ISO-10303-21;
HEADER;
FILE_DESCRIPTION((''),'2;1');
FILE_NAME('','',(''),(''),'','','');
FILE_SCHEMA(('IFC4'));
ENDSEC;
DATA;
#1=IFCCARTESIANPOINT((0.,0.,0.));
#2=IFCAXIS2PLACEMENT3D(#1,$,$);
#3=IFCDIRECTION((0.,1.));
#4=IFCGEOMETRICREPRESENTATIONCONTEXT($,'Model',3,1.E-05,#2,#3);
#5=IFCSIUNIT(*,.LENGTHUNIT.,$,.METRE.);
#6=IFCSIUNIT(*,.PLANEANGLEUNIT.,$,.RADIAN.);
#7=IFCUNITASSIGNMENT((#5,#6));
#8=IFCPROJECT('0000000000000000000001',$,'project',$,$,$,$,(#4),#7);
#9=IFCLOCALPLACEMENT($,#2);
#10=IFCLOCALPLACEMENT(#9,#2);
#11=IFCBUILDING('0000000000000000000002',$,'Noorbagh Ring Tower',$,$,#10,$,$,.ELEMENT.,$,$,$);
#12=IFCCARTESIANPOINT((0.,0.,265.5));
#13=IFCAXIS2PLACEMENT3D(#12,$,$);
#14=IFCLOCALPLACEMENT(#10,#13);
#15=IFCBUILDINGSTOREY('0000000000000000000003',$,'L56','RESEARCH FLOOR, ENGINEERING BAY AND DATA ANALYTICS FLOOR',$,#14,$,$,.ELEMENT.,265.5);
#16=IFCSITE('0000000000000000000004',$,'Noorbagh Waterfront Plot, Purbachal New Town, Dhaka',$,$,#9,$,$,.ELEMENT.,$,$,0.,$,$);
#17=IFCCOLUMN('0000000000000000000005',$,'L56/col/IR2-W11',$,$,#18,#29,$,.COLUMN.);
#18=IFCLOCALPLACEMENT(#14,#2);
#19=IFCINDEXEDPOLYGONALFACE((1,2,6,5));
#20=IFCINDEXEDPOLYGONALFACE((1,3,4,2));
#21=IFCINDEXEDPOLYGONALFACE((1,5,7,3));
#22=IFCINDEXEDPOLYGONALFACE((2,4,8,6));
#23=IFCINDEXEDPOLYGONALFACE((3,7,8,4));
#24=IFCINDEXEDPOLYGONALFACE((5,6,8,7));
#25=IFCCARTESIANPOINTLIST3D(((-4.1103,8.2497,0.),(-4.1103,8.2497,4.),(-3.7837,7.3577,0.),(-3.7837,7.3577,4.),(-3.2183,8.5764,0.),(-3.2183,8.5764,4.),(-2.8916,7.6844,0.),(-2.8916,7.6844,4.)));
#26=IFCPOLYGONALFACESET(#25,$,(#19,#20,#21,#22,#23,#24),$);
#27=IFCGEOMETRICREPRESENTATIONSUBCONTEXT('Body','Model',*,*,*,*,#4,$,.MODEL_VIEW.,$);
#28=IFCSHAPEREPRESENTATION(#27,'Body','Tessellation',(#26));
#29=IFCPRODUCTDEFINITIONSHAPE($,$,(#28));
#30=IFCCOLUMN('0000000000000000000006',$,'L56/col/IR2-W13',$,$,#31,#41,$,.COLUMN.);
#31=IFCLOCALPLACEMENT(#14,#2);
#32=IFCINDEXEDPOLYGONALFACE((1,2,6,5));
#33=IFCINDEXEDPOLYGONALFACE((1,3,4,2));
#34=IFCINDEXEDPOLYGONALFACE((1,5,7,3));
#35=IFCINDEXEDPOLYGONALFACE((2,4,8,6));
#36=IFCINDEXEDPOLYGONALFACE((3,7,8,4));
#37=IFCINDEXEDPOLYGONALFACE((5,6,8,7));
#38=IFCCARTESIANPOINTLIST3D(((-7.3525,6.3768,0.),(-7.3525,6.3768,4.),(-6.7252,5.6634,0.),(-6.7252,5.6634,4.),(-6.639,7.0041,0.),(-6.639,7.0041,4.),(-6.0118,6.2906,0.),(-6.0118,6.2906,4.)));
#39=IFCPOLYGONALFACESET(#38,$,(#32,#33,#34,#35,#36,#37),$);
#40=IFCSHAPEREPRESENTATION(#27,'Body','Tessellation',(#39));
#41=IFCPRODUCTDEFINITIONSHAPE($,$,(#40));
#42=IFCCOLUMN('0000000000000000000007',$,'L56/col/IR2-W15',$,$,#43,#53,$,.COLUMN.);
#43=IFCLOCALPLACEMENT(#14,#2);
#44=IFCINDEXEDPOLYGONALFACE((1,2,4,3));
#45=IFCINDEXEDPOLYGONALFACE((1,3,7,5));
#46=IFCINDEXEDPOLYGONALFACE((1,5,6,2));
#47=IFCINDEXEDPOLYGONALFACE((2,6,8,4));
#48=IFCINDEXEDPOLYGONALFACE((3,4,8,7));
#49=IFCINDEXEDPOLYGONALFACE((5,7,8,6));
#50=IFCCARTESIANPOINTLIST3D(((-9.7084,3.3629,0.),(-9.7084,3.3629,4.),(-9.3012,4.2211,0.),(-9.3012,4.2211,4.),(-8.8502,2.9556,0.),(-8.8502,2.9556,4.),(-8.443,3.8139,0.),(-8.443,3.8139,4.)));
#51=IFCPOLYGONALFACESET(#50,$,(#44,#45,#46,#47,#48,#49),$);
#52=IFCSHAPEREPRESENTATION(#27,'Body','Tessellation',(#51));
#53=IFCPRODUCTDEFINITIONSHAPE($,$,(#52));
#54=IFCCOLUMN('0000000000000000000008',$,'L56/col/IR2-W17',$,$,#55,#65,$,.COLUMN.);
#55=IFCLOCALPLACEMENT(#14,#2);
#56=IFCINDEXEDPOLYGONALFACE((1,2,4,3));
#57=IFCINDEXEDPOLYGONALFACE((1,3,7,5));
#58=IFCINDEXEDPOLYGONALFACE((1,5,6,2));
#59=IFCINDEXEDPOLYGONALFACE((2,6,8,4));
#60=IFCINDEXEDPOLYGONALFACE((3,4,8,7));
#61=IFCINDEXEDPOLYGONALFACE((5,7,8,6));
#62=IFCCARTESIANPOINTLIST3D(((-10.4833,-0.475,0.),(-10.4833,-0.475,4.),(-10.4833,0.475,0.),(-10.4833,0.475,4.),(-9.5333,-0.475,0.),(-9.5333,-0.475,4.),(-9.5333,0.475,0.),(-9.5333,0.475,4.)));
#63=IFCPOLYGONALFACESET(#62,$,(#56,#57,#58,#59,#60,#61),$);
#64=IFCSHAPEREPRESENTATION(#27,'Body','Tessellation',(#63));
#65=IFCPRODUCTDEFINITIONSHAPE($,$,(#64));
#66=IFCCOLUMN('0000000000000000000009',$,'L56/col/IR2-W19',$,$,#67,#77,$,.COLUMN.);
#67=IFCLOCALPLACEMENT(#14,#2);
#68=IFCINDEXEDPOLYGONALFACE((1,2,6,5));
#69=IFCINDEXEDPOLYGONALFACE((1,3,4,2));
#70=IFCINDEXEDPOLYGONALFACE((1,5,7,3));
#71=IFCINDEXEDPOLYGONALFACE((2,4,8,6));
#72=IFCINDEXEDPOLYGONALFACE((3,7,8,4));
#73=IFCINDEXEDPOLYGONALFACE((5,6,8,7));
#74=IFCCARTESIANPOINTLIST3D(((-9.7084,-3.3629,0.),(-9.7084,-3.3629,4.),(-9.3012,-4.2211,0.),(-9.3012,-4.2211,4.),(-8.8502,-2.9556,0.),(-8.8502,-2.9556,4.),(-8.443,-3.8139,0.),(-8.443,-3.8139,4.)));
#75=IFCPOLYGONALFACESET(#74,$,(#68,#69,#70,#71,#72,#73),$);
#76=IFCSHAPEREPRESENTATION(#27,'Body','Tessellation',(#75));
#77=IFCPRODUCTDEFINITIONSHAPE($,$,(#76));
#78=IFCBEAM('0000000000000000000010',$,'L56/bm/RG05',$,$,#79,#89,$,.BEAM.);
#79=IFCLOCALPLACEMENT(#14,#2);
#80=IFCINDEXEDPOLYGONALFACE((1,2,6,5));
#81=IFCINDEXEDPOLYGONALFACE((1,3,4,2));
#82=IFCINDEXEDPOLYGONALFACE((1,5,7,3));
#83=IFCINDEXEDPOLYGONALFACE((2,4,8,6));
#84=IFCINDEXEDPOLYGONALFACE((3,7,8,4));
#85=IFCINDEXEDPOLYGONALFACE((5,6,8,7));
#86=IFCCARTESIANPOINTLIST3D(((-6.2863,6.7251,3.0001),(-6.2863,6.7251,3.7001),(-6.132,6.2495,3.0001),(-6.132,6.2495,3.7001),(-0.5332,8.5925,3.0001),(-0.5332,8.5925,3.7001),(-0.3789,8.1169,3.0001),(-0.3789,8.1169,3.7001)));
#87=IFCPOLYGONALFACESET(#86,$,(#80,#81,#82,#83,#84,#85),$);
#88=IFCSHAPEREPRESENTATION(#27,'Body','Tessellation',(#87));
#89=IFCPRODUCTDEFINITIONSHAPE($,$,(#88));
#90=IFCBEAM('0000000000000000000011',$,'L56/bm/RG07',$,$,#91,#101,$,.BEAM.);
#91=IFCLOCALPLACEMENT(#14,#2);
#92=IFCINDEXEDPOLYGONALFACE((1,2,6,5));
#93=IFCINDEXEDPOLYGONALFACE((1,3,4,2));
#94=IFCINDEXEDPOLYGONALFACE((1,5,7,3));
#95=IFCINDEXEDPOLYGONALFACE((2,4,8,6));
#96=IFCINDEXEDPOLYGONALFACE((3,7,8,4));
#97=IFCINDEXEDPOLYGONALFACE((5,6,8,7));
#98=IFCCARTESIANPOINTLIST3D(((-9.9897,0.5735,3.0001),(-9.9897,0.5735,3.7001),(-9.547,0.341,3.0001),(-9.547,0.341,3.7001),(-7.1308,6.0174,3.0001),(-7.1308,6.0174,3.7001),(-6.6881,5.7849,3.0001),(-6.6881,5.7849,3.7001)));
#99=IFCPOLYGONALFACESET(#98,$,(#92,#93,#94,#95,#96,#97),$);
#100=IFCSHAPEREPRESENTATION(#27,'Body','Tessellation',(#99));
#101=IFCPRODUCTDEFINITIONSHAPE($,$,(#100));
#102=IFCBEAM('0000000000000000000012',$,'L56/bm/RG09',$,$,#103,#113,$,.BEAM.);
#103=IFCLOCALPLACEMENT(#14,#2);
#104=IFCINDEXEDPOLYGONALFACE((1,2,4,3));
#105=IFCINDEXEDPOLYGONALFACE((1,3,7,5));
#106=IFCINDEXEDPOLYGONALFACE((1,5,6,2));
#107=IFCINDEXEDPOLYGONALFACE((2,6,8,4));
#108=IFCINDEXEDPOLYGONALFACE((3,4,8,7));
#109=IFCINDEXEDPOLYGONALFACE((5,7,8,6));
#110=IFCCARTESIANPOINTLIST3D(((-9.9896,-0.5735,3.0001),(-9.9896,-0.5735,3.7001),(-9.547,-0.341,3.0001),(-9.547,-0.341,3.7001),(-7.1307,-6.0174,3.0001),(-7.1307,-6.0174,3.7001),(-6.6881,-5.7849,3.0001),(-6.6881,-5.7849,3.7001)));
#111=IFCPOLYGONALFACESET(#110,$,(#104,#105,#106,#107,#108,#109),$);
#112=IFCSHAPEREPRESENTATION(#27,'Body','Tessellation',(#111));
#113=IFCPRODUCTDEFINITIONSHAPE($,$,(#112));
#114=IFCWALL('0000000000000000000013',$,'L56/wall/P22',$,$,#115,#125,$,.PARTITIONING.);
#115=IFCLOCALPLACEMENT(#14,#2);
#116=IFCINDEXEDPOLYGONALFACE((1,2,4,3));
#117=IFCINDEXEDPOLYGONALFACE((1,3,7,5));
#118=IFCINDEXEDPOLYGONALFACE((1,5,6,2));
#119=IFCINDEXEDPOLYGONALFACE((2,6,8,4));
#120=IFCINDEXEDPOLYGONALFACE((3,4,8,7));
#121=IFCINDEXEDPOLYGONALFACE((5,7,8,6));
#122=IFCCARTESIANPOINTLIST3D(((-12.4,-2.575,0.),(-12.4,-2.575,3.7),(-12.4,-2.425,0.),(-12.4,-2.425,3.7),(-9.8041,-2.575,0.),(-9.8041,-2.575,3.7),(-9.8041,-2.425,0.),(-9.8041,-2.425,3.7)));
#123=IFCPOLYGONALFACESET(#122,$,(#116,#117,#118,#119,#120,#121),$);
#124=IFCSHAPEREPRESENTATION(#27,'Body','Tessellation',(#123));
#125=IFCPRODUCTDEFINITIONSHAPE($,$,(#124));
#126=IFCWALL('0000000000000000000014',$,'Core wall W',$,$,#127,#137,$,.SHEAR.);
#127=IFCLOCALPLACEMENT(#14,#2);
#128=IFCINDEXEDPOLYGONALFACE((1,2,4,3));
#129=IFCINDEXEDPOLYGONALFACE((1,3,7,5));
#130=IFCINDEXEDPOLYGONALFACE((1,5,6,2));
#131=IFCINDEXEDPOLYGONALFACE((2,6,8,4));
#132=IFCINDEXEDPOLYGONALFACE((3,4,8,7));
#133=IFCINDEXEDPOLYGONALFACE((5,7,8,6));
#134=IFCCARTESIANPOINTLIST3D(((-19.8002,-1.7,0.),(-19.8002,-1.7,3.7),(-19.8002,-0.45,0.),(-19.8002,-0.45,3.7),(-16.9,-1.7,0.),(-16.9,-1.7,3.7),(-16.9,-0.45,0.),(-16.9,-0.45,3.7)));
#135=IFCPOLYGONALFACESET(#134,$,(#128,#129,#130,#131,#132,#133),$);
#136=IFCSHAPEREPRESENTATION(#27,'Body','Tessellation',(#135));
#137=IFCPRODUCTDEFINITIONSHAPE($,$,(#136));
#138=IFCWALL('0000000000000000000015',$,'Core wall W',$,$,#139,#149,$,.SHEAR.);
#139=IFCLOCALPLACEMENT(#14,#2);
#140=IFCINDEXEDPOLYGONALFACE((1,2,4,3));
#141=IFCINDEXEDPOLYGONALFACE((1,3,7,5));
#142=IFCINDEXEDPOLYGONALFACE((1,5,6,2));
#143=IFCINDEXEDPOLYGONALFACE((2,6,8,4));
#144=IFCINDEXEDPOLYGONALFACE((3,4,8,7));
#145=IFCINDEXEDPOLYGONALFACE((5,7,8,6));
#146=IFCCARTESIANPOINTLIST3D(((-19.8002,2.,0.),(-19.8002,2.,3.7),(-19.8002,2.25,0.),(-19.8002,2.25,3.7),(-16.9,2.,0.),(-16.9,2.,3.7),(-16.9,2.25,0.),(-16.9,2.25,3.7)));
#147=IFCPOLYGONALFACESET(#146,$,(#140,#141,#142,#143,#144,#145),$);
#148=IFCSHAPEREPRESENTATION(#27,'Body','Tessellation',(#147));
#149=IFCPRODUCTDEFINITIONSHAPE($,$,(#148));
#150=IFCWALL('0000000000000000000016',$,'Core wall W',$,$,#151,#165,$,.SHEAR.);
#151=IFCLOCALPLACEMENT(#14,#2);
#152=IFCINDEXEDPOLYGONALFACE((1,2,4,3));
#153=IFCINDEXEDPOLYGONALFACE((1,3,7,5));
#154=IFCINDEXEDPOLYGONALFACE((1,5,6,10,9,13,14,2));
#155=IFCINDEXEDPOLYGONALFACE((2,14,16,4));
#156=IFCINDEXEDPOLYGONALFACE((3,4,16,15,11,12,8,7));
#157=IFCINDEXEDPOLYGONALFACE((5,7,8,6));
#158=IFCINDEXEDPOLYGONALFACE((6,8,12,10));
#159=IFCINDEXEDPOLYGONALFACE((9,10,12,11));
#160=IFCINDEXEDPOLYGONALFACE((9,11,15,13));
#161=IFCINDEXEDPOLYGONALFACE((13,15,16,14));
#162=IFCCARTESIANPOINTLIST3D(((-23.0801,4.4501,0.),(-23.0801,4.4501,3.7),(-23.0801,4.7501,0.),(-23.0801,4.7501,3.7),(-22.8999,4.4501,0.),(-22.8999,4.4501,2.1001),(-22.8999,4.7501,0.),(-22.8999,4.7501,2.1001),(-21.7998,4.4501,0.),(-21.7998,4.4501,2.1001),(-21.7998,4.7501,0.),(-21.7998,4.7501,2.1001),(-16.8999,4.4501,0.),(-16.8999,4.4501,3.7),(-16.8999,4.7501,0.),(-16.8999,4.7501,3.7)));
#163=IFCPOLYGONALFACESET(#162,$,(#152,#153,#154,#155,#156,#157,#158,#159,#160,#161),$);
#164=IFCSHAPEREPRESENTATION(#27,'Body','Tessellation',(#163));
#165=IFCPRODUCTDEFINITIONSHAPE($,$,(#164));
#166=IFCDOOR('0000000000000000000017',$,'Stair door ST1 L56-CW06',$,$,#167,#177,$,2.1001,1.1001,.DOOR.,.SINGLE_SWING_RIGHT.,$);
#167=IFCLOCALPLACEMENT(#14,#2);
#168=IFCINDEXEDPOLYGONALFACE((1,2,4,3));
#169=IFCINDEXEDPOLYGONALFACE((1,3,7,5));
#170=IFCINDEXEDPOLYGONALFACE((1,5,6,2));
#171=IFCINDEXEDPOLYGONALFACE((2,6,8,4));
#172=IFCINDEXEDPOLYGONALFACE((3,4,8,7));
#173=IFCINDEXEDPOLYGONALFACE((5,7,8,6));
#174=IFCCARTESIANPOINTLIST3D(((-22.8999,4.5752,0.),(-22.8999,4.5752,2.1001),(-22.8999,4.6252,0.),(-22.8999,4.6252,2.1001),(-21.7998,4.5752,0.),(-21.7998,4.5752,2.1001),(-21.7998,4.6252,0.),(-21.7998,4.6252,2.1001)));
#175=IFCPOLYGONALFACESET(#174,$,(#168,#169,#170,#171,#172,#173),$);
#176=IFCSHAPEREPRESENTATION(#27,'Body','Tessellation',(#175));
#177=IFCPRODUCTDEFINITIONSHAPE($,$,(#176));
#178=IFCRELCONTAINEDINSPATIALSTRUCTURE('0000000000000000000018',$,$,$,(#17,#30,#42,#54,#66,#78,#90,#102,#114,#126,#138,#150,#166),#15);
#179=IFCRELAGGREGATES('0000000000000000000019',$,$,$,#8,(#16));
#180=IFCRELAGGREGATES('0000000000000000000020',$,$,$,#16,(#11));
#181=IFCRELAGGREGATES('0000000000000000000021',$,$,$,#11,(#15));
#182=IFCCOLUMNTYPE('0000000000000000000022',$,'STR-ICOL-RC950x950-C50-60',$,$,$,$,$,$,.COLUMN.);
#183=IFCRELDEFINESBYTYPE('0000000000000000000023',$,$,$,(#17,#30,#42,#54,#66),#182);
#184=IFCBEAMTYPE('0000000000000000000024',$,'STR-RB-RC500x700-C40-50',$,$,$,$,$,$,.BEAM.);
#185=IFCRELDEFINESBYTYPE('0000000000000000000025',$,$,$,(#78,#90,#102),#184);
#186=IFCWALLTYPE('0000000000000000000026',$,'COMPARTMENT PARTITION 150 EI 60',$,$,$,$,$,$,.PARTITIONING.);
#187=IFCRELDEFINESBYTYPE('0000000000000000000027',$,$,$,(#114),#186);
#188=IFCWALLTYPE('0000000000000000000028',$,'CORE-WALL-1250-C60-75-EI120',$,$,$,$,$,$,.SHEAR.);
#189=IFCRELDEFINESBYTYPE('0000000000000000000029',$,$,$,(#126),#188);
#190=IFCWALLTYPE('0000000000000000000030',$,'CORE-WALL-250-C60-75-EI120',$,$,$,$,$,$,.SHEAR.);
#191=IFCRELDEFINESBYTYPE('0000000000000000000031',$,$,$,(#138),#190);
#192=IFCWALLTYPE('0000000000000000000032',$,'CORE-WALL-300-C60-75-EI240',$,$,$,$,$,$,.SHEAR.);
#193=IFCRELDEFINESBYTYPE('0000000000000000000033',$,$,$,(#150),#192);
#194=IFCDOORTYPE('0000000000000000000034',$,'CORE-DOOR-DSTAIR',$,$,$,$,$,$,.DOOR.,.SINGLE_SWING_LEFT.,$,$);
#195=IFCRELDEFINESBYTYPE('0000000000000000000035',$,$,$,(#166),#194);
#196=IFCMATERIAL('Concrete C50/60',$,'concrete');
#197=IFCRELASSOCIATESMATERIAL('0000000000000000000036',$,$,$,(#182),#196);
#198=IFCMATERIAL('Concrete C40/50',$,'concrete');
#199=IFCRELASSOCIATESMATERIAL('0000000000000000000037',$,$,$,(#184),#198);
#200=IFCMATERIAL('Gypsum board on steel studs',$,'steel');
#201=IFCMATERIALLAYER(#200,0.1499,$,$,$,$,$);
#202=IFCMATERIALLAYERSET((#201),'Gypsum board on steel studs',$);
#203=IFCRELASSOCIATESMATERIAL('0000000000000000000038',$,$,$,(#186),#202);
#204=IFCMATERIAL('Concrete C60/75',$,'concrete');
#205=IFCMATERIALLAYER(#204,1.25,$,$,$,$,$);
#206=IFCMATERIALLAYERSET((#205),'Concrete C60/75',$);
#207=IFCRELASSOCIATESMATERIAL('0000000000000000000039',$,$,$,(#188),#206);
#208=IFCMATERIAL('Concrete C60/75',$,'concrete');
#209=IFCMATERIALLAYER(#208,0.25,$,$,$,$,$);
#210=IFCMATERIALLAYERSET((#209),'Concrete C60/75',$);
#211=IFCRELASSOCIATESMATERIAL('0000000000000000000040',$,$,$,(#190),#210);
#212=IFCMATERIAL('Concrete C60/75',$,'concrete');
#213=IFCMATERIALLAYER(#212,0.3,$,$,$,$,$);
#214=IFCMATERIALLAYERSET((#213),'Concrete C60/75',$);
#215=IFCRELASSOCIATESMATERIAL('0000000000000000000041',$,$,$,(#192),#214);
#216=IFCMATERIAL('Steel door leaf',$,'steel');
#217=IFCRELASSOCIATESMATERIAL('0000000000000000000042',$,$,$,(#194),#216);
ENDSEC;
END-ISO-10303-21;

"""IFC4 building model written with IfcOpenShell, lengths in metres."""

from ifc_helpers import new_model, si_unit, direction, frame, frame_2d, origin, origin_2d, place, context, subcontext, project, spatial, rectangle, extrude, material, layer, layer_set, material_profile, profile_set, type_object, element, fill, save


model = new_model("IFC4")

# Units and contexts
model_context = context("Model", 3, precision=1e-05, world=origin(), true_north=direction((0.0, 1.0)))
body_context = subcontext(model_context, "Body", "Model", "MODEL_VIEW")
ifc_project = project(units=[si_unit("LENGTHUNIT", "METRE"), si_unit("PLANEANGLEUNIT", "RADIAN")], contexts=[model_context])

# Site, building, storey
site_placement = place(None, origin())
site = spatial("IfcSite", under=ifc_project, at=site_placement, Name="Noorbagh Waterfront Plot, Purbachal New Town, Dhaka", CompositionType="ELEMENT", RefElevation=0.0)
building_placement = place(site_placement, origin())
building = spatial("IfcBuilding", under=site, at=building_placement, Name="Noorbagh Ring Tower", CompositionType="ELEMENT")
storey_placement = place(building_placement, frame((0.0, 0.0, 265.5)))
storey = spatial("IfcBuildingStorey", under=building, at=storey_placement, Name="L56", Description="RESEARCH FLOOR, ENGINEERING BAY AND DATA ANALYTICS FLOOR", CompositionType="ELEMENT", Elevation=265.5)

# Columns
ifc_material_1 = material(Name="Concrete C50/60", Category="concrete")
ifc_material_profile_1 = material_profile(ifc_material_1, rectangle(XDim=0.95, YDim=0.95, at=origin_2d()), Name="RC950x950")
ifc_profile_set_1 = profile_set([ifc_material_profile_1], Name="Concrete C50/60")
column_type = type_object("IfcColumnType", Name="STR-ICOL-RC950x950-C50-60", PredefinedType="COLUMN", material=ifc_profile_set_1)
for number, where, z_axis, x_axis, name in (
    (1, (-3.501, 7.967, 0.0), (0.0, 0.0, 1.0), (-0.93902, -0.343864, 0.0), "L56/col/IR2-W11"),
    (2, (-6.6821, 6.3337, 0.0), (0.0, 0.0, 1.0), (-0.751022, -0.660277, 0.0), "L56/col/IR2-W13"),
    (3, (-9.0757, 3.5884, 0.0), (0.0, 0.0, 1.0), (-0.428667, -0.903463, 0.0), "L56/col/IR2-W15"),
    (4, (-10.0083, 0.0, 0.0), (0.0, 0.0, 1.0), (0.0, -1.0, 0.0), "L56/col/IR2-W17"),
    (5, (-9.0757, -3.5884, 0.0), (0.0, 0.0, 1.0), (0.428667, -0.903463, 0.0), "L56/col/IR2-W19"),
):
    element("IfcColumn", number, at=place(storey_placement, frame(where, z_axis=z_axis, x_axis=x_axis)), inside=storey, type_object=column_type, Name=name, PredefinedType="COLUMN", context=body_context, shape_type="SweptSolid", body=[
        extrude(rectangle(XDim=0.95, YDim=0.95, at=origin_2d()), origin(), (0.0, 0.0, 1.0), 4.0),
    ])

# Beams
ifc_material_2 = material(Name="Concrete C40/50", Category="concrete")
ifc_material_profile_2 = material_profile(ifc_material_2, rectangle(XDim=0.5, YDim=0.7, at=origin_2d()), Name="RC500x700")
ifc_profile_set_2 = profile_set([ifc_material_profile_2], Name="Concrete C40/50")
beam_type = type_object("IfcBeamType", Name="STR-RB-RC500x700-C40-50", PredefinedType="BEAM", material=ifc_profile_set_2)
beam_placement = place(storey_placement, frame((-0.4561, 8.3547, 3.3501), z_axis=(-0.951148, -0.308735, 0.0), x_axis=(0.308735, -0.951148, 0.0)))
element("IfcBeam", 6, at=beam_placement, inside=storey, type_object=beam_type, Name="L56/bm/RG05", PredefinedType="BEAM", context=body_context, shape_type="SweptSolid", body=[
    extrude(rectangle(XDim=0.5, YDim=0.7, at=origin_2d()), origin(), (0.0, 0.0, 1.0), 6.0486),
])
for number, where, z_axis, x_axis, name in (
    (7, (-6.9094, 5.9011, 3.3501), (-0.464944, -0.88534, 0.0), (0.88534, -0.464944, 0.0), "L56/bm/RG07"),
    (8, (-9.7683, -0.4573, 3.3501), (0.464944, -0.88534, 0.0), (0.88534, 0.464944, 0.0), "L56/bm/RG09"),
):
    element("IfcBeam", number, at=place(storey_placement, frame(where, z_axis=z_axis, x_axis=x_axis)), inside=storey, type_object=beam_type, Name=name, PredefinedType="BEAM", context=body_context, shape_type="SweptSolid", body=[
        extrude(rectangle(XDim=0.5, YDim=0.7, at=origin_2d()), origin(), (0.0, 0.0, 1.0), 6.1489),
    ])

# Walls
ifc_material_3 = material(Name="Gypsum board on steel studs", Category="steel")
ifc_layer_1 = layer(ifc_material_3, 0.1499)
ifc_layer_set_1 = layer_set([ifc_layer_1], Name="Gypsum board on steel studs")
wall_type_1 = type_object("IfcWallType", Name="COMPARTMENT PARTITION 150 EI 60", PredefinedType="PARTITIONING", material=ifc_layer_set_1)
wall_1_placement = place(storey_placement, frame((-12.3999, -2.5, 0.0), z_axis=(0.0, 0.0, 1.0), x_axis=(1.0, 0.0, 0.0)))
element("IfcWall", 9, at=wall_1_placement, inside=storey, type_object=wall_type_1, Name="L56/wall/P22", PredefinedType="PARTITIONING", context=body_context, shape_type="SweptSolid", body=[
    extrude(rectangle(XDim=2.5959, YDim=0.1499, at=frame_2d((1.2979, 0.0))), origin(), (0.0, 0.0, 1.0), 3.7),
])
ifc_material_4 = material(Name="Concrete C60/75", Category="concrete")
ifc_layer_2 = layer(ifc_material_4, 1.25)
ifc_layer_set_2 = layer_set([ifc_layer_2], Name="Concrete C60/75")
wall_type_2 = type_object("IfcWallType", Name="CORE-WALL-1250-C60-75-EI120", PredefinedType="SHEAR", material=ifc_layer_set_2)
wall_2_placement = place(storey_placement, frame((-16.8999, -1.075, 0.0), z_axis=(0.0, 0.0, 1.0), x_axis=(-1.0, 0.0, 0.0)))
element("IfcWall", 10, at=wall_2_placement, inside=storey, type_object=wall_type_2, Name="Core wall W", PredefinedType="SHEAR", context=body_context, shape_type="SweptSolid", body=[
    extrude(rectangle(XDim=2.9001, YDim=1.25, at=frame_2d((1.4502, 0.0))), origin(), (0.0, 0.0, 1.0), 3.7),
])
ifc_material_5 = material(Name="Concrete C60/75", Category="concrete")
ifc_layer_3 = layer(ifc_material_5, 0.25)
ifc_layer_set_3 = layer_set([ifc_layer_3], Name="Concrete C60/75")
wall_type_3 = type_object("IfcWallType", Name="CORE-WALL-250-C60-75-EI120", PredefinedType="SHEAR", material=ifc_layer_set_3)
wall_3_placement = place(storey_placement, frame((-16.8999, 2.125, 0.0), z_axis=(0.0, 0.0, 1.0), x_axis=(-1.0, 0.0, 0.0)))
element("IfcWall", 11, at=wall_3_placement, inside=storey, type_object=wall_type_3, Name="Core wall W", PredefinedType="SHEAR", context=body_context, shape_type="SweptSolid", body=[
    extrude(rectangle(XDim=2.9001, YDim=0.25, at=frame_2d((1.4502, 0.0))), origin(), (0.0, 0.0, 1.0), 3.7),
])

# Wall, opening, door
ifc_material_6 = material(Name="Concrete C60/75", Category="concrete")
ifc_layer_4 = layer(ifc_material_6, 0.3)
ifc_layer_set_4 = layer_set([ifc_layer_4], Name="Concrete C60/75")
wall_type_4 = type_object("IfcWallType", Name="CORE-WALL-300-C60-75-EI240", PredefinedType="SHEAR", material=ifc_layer_set_4)
wall_4_placement = place(storey_placement, frame((-16.8999, 4.6001, 0.0), z_axis=(0.0, 0.0, 1.0), x_axis=(-1.0, 0.0, 0.0)))
wall_4 = element("IfcWall", 12, at=wall_4_placement, inside=storey, type_object=wall_type_4, Name="Core wall W", PredefinedType="SHEAR", context=body_context, shape_type="SweptSolid", body=[
    extrude(rectangle(XDim=6.1802, YDim=0.3, at=frame_2d((3.0901, 0.0))), origin(), (0.0, 0.0, 1.0), 3.7),
])
opening_1_placement = place(wall_4_placement, frame((4.8999, 0.0, 0.0)))
opening_1 = element("IfcOpeningElement", 13, at=opening_1_placement, cuts=wall_4, PredefinedType="OPENING", context=body_context, shape_type="SweptSolid", body=[
    extrude(rectangle(XDim=1.1001, YDim=2.1001, at=frame_2d((0.55, 1.05))), frame((0.0, 0.1602, 0.0), z_axis=(0.0, -1.0, 0.0), x_axis=(1.0, 0.0, 0.0)), (0.0, 0.0, 1.0), 0.3201),
])
ifc_material_7 = material(Name="Steel door leaf", Category="steel")
door_type_1 = type_object("IfcDoorType", Name="CORE-DOOR-DSTAIR", OperationType="SINGLE_SWING_LEFT", PredefinedType="DOOR", material=ifc_material_7)
door_1_placement = place(opening_1_placement, origin())
door_1 = element("IfcDoor", 14, at=door_1_placement, inside=storey, type_object=door_type_1, Name="Stair door ST1 L56-CW06", OperationType="SINGLE_SWING_RIGHT", OverallHeight=2.1001, OverallWidth=1.1001, PredefinedType="DOOR", context=body_context, shape_type="SweptSolid", body=[
    extrude(rectangle(XDim=1.1001, YDim=2.1001, at=frame_2d((0.55, 1.05))), frame((0.0, 0.0249, 0.0), z_axis=(0.0, -1.0, 0.0), x_axis=(1.0, 0.0, 0.0)), (0.0, 0.0, 1.0), 0.05),
])
fill(opening_1, door_1)

save(model, "model.ifc")
